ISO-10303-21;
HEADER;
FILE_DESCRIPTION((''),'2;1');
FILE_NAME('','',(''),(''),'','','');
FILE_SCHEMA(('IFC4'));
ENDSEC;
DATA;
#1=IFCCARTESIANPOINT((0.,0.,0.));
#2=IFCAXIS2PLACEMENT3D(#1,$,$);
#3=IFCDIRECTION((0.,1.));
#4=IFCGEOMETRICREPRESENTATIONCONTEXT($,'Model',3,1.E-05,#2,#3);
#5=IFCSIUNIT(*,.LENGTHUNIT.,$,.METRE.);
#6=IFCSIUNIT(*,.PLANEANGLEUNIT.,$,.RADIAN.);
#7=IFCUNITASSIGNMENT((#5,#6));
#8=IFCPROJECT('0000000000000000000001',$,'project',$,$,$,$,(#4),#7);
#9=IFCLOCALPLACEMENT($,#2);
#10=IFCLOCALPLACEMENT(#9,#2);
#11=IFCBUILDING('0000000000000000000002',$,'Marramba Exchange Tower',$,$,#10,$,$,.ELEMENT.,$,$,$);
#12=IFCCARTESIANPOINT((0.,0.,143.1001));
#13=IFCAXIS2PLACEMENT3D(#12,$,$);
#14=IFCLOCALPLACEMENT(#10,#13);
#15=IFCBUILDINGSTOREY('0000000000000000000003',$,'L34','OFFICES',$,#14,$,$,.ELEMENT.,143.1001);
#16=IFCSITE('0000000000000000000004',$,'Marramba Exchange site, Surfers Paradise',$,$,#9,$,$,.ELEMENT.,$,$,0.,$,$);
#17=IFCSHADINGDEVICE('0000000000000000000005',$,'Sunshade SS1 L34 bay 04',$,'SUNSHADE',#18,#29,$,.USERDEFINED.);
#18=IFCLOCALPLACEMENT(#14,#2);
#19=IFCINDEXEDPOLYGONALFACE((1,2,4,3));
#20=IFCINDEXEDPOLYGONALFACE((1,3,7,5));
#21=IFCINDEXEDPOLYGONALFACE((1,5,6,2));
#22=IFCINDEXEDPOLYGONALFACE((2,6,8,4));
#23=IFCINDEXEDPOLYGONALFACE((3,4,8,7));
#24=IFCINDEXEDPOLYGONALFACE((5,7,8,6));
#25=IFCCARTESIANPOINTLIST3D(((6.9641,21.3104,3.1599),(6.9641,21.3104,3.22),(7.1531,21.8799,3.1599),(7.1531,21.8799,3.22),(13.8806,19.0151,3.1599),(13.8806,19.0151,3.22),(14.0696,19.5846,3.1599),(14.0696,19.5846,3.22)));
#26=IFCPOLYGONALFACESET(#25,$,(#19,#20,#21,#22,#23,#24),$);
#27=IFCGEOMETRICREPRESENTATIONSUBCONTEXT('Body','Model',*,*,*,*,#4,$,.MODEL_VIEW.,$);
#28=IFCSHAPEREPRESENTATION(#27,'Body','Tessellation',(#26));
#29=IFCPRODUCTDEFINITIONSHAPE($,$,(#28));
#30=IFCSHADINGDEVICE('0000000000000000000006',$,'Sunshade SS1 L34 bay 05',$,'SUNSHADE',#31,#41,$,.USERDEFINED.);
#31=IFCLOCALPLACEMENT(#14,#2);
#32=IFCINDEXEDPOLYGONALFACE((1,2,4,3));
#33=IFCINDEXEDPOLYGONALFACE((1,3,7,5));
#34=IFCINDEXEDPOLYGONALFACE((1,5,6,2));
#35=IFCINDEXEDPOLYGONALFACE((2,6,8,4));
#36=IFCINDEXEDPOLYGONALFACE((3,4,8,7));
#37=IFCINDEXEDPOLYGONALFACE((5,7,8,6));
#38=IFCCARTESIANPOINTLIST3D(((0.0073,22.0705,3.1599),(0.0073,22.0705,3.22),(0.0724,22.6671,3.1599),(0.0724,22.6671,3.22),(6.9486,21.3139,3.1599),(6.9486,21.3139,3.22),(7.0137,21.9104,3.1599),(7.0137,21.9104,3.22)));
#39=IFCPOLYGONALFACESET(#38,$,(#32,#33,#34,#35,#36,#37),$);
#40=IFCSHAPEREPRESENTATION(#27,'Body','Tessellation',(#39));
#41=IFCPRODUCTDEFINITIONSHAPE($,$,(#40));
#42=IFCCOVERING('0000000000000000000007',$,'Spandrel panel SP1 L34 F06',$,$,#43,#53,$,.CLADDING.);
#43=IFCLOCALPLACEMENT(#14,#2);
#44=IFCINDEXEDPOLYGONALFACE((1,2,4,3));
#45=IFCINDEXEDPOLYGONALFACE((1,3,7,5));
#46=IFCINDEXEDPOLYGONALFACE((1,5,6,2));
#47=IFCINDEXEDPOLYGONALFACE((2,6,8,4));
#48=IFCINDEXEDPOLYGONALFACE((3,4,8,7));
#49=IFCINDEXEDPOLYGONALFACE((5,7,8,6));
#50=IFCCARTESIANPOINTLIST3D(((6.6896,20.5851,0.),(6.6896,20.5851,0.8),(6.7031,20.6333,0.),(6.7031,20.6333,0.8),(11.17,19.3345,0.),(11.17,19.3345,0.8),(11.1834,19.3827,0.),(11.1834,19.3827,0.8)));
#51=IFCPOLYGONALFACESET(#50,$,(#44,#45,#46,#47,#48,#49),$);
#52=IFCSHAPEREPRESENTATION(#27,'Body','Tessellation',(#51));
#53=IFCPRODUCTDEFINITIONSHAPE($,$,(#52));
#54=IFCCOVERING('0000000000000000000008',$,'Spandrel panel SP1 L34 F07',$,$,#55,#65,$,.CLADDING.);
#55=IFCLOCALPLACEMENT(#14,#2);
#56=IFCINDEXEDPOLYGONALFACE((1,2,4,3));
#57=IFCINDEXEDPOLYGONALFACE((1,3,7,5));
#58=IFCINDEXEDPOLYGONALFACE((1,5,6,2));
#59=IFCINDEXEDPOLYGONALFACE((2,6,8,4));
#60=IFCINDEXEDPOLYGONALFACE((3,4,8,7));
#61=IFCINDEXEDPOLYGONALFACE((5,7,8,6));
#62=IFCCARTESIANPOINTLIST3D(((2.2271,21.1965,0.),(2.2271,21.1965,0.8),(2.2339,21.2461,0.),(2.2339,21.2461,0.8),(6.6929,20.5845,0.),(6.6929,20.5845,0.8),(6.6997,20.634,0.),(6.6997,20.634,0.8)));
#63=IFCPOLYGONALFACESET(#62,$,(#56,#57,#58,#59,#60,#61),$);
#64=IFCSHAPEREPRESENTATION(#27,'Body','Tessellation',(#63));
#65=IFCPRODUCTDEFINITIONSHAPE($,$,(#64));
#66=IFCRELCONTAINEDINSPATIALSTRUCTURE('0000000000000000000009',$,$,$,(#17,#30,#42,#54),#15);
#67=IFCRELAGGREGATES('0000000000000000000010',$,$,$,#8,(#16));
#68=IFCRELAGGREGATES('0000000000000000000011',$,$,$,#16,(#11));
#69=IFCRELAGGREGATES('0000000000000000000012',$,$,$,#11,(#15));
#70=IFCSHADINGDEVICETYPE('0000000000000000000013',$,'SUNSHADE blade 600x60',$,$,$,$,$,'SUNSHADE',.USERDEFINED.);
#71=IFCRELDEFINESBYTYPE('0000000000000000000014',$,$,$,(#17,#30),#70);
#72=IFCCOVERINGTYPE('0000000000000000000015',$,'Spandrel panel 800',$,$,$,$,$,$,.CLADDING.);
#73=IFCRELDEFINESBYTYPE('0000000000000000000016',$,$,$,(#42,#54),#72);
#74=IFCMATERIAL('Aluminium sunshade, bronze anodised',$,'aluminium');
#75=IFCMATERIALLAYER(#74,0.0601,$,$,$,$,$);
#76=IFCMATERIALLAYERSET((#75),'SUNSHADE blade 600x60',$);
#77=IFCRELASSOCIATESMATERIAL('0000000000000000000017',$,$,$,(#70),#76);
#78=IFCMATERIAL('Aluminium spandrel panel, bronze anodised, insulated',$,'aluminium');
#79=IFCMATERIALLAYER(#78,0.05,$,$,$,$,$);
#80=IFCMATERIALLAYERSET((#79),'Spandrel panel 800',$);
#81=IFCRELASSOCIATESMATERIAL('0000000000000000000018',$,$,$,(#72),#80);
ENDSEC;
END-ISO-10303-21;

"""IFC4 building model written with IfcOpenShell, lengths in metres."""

from ifc_helpers import new_model, si_unit, direction, frame, origin, origin_2d, place, context, subcontext, project, spatial, rectangle, extrude, material, layer, layer_set, type_object, element, save


model = new_model("IFC4")

# Units and contexts
model_context = context("Model", 3, precision=1e-05, world=origin(), true_north=direction((0.0, 1.0)))
body_context = subcontext(model_context, "Body", "Model", "MODEL_VIEW")
ifc_project = project(units=[si_unit("LENGTHUNIT", "METRE"), si_unit("PLANEANGLEUNIT", "RADIAN")], contexts=[model_context])

# Site, building, storey
site_placement = place(None, origin())
site = spatial("IfcSite", under=ifc_project, at=site_placement, Name="Marramba Exchange site, Surfers Paradise", CompositionType="ELEMENT", RefElevation=0.0)
building_placement = place(site_placement, origin())
building = spatial("IfcBuilding", under=site, at=building_placement, Name="Marramba Exchange Tower", CompositionType="ELEMENT")
storey_placement = place(building_placement, frame((0.0, 0.0, 143.1001)))
storey = spatial("IfcBuildingStorey", under=building, at=storey_placement, Name="L34", Description="OFFICES", CompositionType="ELEMENT", Elevation=143.1001)

# Shading devices
ifc_material_1 = material(Name="Aluminium sunshade, bronze anodised", Category="aluminium")
ifc_layer_1 = layer(ifc_material_1, 0.0601)
ifc_layer_set_1 = layer_set([ifc_layer_1], Name="SUNSHADE blade 600x60")
shading_device_type_1 = type_object("IfcShadingDeviceType", Name="SUNSHADE blade 600x60", ElementType="SUNSHADE", PredefinedType="USERDEFINED", material=ifc_layer_set_1)
shading_device_1_placement = place(storey_placement, frame((10.5168, 20.4475, 3.1599), z_axis=(0.0, 0.0, 1.0), x_axis=(-0.949101, 0.314972, 0.0)))
element("IfcShadingDevice", 1, at=shading_device_1_placement, inside=storey, type_object=shading_device_type_1, Name="Sunshade SS1 L34 bay 04", ObjectType="SUNSHADE", PredefinedType="USERDEFINED", context=body_context, shape_type="SweptSolid", body=[
    extrude(rectangle(XDim=7.2874, YDim=0.6001, at=origin_2d()), origin(), (0.0, 0.0, 1.0), 0.0601),
])
shading_device_2_placement = place(storey_placement, frame((3.5105, 21.9905, 3.1599), z_axis=(0.0, 0.0, 1.0), x_axis=(-0.994111, 0.108363, 0.0)))
element("IfcShadingDevice", 2, at=shading_device_2_placement, inside=storey, type_object=shading_device_type_1, Name="Sunshade SS1 L34 bay 05", ObjectType="SUNSHADE", PredefinedType="USERDEFINED", context=body_context, shape_type="SweptSolid", body=[
    extrude(rectangle(XDim=6.9824, YDim=0.6001, at=origin_2d()), origin(), (0.0, 0.0, 1.0), 0.0601),
])

# Coverings
ifc_material_2 = material(Name="Aluminium spandrel panel, bronze anodised, insulated", Category="aluminium")
ifc_layer_2 = layer(ifc_material_2, 0.05)
ifc_layer_set_2 = layer_set([ifc_layer_2], Name="Spandrel panel 800")
covering_type = type_object("IfcCoveringType", Name="Spandrel panel 800", PredefinedType="CLADDING", material=ifc_layer_set_2)
covering_1_placement = place(storey_placement, frame((8.9365, 19.9839, 0.0), z_axis=(0.0, 0.0, 1.0), x_axis=(-0.963178, 0.268865, 0.0)))
element("IfcCovering", 3, at=covering_1_placement, inside=storey, type_object=covering_type, Name="Spandrel panel SP1 L34 F06", PredefinedType="CLADDING", context=body_context, shape_type="SweptSolid", body=[
    extrude(rectangle(XDim=4.6516, YDim=0.05, at=origin_2d()), origin(), (0.0, 0.0, 1.0), 0.8),
])
covering_2_placement = place(storey_placement, frame((4.4634, 20.9153, 0.0), z_axis=(0.0, 0.0, 1.0), x_axis=(-0.990738, 0.135786, 0.0)))
element("IfcCovering", 4, at=covering_2_placement, inside=storey, type_object=covering_type, Name="Spandrel panel SP1 L34 F07", PredefinedType="CLADDING", context=body_context, shape_type="SweptSolid", body=[
    extrude(rectangle(XDim=4.5076, YDim=0.05, at=origin_2d()), origin(), (0.0, 0.0, 1.0), 0.8),
])

save(model, "model.ifc")
